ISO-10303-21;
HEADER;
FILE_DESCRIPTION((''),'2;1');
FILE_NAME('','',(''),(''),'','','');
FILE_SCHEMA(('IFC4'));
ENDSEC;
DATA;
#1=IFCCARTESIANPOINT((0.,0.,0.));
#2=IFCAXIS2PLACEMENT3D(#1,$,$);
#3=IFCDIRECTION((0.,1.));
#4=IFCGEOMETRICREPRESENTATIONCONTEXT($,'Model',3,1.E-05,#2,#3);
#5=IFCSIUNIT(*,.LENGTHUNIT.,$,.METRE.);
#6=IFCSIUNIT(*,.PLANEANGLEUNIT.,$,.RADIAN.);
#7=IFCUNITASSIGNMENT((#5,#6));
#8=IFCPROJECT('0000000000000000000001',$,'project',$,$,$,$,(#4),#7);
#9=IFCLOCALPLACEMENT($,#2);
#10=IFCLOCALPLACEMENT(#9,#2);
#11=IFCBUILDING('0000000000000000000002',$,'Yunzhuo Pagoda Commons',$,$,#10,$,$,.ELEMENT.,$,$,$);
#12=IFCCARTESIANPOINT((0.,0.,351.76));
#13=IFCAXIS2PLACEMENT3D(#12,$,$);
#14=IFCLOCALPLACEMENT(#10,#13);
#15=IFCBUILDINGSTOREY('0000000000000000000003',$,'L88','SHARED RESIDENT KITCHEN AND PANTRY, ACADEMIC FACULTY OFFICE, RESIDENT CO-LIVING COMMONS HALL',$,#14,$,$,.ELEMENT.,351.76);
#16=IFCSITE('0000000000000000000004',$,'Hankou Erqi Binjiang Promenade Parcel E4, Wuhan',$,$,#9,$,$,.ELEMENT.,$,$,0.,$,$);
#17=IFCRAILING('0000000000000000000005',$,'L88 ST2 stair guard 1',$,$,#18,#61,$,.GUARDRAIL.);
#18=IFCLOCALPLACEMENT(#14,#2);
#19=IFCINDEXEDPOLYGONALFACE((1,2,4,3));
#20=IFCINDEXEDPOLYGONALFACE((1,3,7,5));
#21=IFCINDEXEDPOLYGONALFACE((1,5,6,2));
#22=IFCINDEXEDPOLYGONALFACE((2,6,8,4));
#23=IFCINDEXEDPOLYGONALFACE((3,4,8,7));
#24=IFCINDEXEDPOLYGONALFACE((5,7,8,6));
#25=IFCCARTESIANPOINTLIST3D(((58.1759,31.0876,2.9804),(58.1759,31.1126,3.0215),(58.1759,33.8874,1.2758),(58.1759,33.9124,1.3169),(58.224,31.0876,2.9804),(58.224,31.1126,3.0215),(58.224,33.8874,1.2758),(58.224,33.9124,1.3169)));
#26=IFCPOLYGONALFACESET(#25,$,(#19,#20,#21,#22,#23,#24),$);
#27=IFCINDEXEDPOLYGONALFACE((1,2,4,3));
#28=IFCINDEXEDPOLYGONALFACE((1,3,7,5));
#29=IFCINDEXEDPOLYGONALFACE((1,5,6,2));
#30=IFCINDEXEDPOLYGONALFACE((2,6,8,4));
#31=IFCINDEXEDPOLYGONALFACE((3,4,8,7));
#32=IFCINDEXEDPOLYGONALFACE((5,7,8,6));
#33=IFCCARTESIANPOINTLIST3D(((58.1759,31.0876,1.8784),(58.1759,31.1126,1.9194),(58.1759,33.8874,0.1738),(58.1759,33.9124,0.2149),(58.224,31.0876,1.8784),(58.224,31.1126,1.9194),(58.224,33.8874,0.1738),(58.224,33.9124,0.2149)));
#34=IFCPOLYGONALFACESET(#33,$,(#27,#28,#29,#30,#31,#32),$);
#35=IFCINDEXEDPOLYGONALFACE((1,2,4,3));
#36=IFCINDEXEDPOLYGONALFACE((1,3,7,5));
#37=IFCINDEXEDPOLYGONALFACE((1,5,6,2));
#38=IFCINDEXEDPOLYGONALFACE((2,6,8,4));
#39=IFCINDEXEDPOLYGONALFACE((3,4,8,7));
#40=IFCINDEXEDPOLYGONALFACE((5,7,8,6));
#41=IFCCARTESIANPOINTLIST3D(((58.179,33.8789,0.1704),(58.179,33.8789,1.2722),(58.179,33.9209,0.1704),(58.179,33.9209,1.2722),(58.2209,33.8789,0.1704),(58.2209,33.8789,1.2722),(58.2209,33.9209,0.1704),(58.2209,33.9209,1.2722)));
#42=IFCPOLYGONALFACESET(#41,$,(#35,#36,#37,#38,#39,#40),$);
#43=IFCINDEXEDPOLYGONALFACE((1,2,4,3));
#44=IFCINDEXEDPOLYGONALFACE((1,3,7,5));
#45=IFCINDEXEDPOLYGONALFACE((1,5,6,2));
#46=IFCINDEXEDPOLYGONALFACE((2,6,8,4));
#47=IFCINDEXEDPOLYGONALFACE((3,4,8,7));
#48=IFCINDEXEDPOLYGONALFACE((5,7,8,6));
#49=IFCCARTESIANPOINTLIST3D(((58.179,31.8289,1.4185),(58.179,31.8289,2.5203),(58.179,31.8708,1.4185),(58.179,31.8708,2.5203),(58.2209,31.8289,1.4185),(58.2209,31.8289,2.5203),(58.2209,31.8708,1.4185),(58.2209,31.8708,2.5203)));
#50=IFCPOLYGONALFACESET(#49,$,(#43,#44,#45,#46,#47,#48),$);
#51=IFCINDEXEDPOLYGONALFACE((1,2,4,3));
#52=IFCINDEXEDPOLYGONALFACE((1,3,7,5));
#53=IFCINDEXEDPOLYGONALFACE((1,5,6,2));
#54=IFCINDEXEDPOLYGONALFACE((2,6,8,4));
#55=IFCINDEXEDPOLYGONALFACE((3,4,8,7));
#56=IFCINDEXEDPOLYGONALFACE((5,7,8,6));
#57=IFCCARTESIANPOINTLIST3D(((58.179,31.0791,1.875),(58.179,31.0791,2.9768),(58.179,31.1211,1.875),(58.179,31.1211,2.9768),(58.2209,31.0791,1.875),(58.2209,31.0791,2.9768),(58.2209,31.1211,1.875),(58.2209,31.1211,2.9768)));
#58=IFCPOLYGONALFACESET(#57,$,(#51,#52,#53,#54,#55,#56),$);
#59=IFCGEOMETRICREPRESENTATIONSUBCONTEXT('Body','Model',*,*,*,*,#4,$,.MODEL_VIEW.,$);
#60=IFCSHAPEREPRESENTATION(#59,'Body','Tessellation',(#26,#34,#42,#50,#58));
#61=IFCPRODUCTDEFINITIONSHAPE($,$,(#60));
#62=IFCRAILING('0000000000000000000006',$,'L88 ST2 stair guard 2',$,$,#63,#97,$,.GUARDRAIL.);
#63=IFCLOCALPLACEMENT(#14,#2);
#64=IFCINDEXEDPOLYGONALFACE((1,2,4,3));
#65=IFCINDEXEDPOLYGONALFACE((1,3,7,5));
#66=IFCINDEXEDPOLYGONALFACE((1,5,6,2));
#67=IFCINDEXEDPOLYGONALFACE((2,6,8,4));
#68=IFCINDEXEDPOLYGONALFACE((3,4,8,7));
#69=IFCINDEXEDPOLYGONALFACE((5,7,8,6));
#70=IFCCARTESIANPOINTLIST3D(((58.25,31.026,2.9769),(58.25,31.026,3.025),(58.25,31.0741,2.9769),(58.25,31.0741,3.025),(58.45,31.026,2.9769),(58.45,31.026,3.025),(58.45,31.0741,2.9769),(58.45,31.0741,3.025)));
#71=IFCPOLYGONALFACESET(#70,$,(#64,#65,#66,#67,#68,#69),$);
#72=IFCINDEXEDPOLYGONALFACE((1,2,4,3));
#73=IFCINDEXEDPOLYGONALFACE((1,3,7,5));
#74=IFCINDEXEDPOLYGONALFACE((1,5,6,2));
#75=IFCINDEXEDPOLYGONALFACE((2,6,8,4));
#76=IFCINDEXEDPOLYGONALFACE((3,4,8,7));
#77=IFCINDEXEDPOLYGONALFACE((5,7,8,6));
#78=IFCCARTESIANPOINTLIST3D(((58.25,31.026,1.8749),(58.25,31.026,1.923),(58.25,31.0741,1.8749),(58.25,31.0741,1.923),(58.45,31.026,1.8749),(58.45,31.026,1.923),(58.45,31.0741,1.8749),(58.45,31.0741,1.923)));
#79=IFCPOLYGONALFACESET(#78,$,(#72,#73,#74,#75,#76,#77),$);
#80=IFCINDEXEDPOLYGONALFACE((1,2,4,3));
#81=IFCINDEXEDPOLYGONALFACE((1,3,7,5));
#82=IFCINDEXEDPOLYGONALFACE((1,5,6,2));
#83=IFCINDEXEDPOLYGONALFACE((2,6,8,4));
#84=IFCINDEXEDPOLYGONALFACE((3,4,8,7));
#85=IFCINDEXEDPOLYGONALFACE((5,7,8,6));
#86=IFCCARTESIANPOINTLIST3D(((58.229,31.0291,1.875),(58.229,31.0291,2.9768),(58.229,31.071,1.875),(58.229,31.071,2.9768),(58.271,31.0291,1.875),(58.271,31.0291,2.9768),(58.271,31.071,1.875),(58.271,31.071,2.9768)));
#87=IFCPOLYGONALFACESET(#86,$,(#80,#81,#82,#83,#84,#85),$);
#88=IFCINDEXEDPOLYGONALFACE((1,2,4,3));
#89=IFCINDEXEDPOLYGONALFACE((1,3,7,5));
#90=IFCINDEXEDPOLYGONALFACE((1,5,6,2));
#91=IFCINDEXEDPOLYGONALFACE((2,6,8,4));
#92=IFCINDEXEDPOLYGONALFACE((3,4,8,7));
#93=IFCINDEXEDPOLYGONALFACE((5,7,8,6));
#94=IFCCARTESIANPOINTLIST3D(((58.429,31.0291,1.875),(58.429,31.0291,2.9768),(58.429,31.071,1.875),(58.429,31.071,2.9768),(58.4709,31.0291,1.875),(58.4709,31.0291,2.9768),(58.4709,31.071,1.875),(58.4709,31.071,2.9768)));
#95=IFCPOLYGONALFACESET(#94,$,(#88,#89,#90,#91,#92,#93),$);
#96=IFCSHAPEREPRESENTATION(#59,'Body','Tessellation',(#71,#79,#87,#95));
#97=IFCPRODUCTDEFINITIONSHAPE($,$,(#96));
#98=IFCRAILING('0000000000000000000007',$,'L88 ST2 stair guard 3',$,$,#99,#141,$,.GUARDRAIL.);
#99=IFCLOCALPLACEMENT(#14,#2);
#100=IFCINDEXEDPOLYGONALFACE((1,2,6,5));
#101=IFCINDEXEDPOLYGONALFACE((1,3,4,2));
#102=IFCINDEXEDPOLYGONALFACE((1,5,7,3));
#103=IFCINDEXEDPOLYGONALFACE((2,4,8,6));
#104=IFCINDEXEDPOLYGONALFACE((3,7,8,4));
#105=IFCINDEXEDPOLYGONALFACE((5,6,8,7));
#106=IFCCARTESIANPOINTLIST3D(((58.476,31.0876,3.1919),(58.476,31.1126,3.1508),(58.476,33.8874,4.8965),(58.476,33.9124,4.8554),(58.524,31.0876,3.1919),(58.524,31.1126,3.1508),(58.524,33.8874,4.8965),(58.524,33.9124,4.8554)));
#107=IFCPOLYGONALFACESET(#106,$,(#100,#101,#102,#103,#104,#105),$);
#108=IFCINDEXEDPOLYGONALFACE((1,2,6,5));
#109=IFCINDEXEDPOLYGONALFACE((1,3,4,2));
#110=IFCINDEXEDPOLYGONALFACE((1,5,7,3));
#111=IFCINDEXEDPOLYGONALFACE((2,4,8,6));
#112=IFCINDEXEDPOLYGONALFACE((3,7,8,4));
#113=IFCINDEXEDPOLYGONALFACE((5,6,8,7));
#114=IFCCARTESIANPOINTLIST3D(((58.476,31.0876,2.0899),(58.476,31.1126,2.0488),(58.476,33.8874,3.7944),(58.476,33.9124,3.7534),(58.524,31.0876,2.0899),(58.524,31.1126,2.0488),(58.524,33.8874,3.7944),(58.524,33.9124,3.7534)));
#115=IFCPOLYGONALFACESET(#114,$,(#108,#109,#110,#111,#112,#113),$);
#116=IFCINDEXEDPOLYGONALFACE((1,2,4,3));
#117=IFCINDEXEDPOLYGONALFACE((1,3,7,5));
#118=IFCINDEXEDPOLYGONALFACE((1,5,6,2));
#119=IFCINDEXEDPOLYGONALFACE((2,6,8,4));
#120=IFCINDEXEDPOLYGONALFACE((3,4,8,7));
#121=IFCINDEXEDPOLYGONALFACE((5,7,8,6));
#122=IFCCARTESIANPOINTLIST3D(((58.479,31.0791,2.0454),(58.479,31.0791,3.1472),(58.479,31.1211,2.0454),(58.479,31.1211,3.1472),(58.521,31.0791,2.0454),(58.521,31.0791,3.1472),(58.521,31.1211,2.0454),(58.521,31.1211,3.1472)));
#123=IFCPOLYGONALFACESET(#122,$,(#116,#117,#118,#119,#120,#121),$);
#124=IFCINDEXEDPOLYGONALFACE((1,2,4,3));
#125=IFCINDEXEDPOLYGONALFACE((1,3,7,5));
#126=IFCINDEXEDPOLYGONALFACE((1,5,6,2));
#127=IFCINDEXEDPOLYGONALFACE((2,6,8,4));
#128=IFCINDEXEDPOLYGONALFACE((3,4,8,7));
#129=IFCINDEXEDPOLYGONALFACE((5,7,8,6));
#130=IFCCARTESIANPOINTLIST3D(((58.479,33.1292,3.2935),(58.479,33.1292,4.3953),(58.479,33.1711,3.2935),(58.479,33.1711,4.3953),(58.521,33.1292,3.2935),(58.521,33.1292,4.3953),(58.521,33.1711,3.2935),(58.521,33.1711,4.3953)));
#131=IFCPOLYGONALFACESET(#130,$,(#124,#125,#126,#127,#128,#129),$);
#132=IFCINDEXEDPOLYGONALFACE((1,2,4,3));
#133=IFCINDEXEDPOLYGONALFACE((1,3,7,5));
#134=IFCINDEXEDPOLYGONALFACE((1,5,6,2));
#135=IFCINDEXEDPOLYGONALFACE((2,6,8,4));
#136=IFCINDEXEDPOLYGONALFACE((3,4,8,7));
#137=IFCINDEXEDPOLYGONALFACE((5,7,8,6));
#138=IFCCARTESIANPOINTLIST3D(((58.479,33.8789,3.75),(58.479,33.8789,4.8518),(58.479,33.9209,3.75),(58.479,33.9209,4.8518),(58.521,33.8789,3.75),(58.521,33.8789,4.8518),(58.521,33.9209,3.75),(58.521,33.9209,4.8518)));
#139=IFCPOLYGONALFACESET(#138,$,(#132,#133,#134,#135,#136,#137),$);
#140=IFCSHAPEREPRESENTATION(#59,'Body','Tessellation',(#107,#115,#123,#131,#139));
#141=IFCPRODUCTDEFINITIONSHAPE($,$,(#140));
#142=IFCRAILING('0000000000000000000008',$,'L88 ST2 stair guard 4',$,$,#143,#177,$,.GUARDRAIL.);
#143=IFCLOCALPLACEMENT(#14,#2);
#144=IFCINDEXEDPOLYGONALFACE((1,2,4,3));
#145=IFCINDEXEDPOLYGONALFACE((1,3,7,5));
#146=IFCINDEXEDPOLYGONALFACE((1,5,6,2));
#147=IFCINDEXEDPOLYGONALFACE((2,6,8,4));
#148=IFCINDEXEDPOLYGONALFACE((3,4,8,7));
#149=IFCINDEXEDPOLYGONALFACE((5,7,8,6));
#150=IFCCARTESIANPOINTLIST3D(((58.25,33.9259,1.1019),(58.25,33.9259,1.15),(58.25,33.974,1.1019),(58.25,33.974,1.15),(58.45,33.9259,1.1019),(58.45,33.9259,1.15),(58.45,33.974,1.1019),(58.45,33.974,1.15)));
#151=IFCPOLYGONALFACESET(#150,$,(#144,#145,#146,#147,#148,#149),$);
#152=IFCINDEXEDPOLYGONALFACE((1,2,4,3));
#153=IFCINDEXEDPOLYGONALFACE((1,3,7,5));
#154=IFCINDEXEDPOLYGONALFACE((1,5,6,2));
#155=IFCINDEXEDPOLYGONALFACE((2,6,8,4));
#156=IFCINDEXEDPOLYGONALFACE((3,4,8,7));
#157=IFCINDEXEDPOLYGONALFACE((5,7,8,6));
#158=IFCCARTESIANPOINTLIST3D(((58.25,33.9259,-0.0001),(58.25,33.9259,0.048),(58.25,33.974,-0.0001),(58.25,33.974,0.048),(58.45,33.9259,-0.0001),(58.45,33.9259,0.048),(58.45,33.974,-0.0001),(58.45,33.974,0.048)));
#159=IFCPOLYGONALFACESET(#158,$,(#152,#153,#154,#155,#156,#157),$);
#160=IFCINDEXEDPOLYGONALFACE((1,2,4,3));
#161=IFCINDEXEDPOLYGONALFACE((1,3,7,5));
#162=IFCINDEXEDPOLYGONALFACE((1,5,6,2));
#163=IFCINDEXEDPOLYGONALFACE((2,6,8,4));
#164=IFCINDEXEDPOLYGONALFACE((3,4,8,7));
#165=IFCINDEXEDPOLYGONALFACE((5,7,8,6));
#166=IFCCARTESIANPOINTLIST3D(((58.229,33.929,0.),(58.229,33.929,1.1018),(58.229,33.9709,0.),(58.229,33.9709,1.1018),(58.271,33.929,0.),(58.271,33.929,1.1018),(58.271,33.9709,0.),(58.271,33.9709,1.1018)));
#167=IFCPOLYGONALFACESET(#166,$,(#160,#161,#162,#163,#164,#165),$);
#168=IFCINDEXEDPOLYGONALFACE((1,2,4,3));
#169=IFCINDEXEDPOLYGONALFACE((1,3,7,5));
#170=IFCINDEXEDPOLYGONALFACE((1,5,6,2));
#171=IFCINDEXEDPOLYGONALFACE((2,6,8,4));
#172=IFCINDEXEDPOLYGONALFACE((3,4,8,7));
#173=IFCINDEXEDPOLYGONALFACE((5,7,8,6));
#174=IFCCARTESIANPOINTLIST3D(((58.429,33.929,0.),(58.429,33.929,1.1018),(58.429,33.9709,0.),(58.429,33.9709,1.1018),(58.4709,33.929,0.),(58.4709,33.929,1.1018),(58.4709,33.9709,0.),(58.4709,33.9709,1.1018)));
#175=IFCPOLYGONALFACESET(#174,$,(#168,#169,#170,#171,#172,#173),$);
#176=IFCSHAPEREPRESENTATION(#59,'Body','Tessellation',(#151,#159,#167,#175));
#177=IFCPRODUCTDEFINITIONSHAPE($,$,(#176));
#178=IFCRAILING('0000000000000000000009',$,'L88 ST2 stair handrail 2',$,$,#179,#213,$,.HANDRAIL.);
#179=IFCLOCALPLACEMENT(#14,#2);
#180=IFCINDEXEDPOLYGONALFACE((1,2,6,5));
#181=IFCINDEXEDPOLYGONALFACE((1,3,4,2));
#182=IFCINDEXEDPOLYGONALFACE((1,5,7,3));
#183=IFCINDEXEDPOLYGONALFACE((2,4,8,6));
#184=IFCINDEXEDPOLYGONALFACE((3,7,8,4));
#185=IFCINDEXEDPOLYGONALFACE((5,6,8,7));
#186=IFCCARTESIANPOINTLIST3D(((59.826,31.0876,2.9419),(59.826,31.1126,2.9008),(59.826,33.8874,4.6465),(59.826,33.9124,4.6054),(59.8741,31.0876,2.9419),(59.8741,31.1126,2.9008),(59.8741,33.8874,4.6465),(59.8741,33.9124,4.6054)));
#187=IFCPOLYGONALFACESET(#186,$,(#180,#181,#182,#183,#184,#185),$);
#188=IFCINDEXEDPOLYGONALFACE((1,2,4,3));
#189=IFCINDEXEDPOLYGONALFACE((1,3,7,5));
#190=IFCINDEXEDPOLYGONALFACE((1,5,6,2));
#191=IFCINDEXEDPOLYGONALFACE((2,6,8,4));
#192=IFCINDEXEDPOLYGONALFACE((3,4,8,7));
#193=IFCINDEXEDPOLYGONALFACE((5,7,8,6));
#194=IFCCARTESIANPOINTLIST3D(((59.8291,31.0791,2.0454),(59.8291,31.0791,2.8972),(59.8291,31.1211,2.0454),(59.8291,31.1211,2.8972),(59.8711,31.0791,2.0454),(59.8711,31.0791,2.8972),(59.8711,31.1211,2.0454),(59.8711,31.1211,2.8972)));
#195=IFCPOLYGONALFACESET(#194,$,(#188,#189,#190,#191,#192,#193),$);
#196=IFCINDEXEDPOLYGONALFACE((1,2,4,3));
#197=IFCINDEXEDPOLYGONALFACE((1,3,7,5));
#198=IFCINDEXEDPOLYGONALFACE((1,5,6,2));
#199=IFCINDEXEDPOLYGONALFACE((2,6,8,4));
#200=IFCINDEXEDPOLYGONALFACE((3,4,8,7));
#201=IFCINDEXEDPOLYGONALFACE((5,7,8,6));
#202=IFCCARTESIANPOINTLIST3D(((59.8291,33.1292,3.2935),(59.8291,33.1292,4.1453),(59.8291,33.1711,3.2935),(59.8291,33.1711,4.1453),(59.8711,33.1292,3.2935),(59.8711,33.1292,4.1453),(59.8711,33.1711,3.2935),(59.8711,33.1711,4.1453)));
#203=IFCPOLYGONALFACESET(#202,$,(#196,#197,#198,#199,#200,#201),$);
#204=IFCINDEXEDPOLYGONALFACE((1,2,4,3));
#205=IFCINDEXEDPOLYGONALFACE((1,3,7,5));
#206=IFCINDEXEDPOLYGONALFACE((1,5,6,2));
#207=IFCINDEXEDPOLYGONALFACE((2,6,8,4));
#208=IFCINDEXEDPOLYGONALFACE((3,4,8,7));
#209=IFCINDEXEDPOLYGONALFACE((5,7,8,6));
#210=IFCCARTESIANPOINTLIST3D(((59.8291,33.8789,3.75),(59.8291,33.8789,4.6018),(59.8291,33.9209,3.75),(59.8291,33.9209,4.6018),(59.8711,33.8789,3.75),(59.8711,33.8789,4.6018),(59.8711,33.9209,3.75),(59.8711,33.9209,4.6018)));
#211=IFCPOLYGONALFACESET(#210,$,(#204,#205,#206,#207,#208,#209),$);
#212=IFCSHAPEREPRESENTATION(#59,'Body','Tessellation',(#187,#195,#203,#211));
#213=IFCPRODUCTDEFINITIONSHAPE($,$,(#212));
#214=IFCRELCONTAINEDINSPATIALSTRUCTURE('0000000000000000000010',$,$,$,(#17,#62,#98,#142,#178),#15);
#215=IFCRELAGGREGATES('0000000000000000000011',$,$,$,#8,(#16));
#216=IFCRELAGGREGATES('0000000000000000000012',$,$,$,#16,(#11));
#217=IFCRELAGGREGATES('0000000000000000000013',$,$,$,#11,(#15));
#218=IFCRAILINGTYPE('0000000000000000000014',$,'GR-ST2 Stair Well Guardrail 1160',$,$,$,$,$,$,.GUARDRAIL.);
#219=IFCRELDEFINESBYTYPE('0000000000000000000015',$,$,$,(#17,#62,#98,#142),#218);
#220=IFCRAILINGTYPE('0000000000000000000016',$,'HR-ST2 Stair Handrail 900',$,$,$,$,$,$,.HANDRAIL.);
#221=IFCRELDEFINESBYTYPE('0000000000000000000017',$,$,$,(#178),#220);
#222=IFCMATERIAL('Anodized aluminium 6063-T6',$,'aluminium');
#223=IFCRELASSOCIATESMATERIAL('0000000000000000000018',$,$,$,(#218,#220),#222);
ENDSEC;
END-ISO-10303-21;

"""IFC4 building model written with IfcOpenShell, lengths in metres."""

from ifc_helpers import new_model, si_unit, direction, frame, origin, origin_2d, place, context, subcontext, project, spatial, rectangle, extrude, material, type_object, element, save


model = new_model("IFC4")

# Units and contexts
model_context = context("Model", 3, precision=1e-05, world=origin(), true_north=direction((0.0, 1.0)))
body_context = subcontext(model_context, "Body", "Model", "MODEL_VIEW")
ifc_project = project(units=[si_unit("LENGTHUNIT", "METRE"), si_unit("PLANEANGLEUNIT", "RADIAN")], contexts=[model_context])

# Site, building, storey
site_placement = place(None, origin())
site = spatial("IfcSite", under=ifc_project, at=site_placement, Name="Hankou Erqi Binjiang Promenade Parcel E4, Wuhan", CompositionType="ELEMENT", RefElevation=0.0)
building_placement = place(site_placement, origin())
building = spatial("IfcBuilding", under=site, at=building_placement, Name="Yunzhuo Pagoda Commons", CompositionType="ELEMENT")
storey_placement = place(building_placement, frame((0.0, 0.0, 351.76)))
storey = spatial("IfcBuildingStorey", under=building, at=storey_placement, Name="L88", Description="SHARED RESIDENT KITCHEN AND PANTRY, ACADEMIC FACULTY OFFICE, RESIDENT CO-LIVING COMMONS HALL", CompositionType="ELEMENT", Elevation=351.76)

# Shared definitions
ifc_material_1 = material(Name="Anodized aluminium 6063-T6", Category="aluminium")

# Railings
railing_type_1 = type_object("IfcRailingType", Name="GR-ST2 Stair Well Guardrail 1160", PredefinedType="GUARDRAIL", material=ifc_material_1)
railing_1_placement = place(storey_placement, frame((58.2, 33.8999, 0.1704)))
element("IfcRailing", 1, at=railing_1_placement, inside=storey, type_object=railing_type_1, Name="L88 ST2 stair guard 1", PredefinedType="GUARDRAIL", context=body_context, shape_type="SweptSolid", body=[
    extrude(rectangle(XDim=0.0481, YDim=0.0481, at=origin_2d()), frame((0.0, 0.0, 1.126), z_axis=(0.0, -0.85415, 0.520027), x_axis=(1.0, 0.0, 0.0)), (0.0, 0.0, 1.0), 3.2778),
    extrude(rectangle(XDim=0.0481, YDim=0.0481, at=origin_2d()), frame((0.0, 0.0, 0.0239), z_axis=(0.0, -0.85415, 0.520027), x_axis=(1.0, 0.0, 0.0)), (0.0, 0.0, 1.0), 3.2778),
    extrude(rectangle(XDim=0.042, YDim=0.042, at=origin_2d()), origin(), (0.0, 0.0, 1.0), 1.1018),
    extrude(rectangle(XDim=0.042, YDim=0.042, at=origin_2d()), frame((0.0, -2.05, 1.248)), (0.0, 0.0, 1.0), 1.1018),
    extrude(rectangle(XDim=0.042, YDim=0.042, at=origin_2d()), frame((0.0, -2.7998, 1.7046)), (0.0, 0.0, 1.0), 1.1018),
])
railing_2_placement = place(storey_placement, frame((58.25, 31.05, 1.875)))
element("IfcRailing", 2, at=railing_2_placement, inside=storey, type_object=railing_type_1, Name="L88 ST2 stair guard 2", PredefinedType="GUARDRAIL", context=body_context, shape_type="SweptSolid", body=[
    extrude(rectangle(XDim=0.0481, YDim=0.0481, at=origin_2d()), frame((0.0, 0.0, 1.126), z_axis=(1.0, 0.0, 0.0), x_axis=(0.0, 1.0, 0.0)), (0.0, 0.0, 1.0), 0.2),
    extrude(rectangle(XDim=0.0481, YDim=0.0481, at=origin_2d()), frame((0.0, 0.0, 0.0239), z_axis=(1.0, 0.0, 0.0), x_axis=(0.0, 1.0, 0.0)), (0.0, 0.0, 1.0), 0.2),
    extrude(rectangle(XDim=0.042, YDim=0.042, at=origin_2d()), origin(), (0.0, 0.0, 1.0), 1.1018),
    extrude(rectangle(XDim=0.042, YDim=0.042, at=origin_2d()), frame((0.2, 0.0, 0.0)), (0.0, 0.0, 1.0), 1.1018),
])
railing_3_placement = place(storey_placement, frame((58.5, 31.1001, 2.0454)))
element("IfcRailing", 3, at=railing_3_placement, inside=storey, type_object=railing_type_1, Name="L88 ST2 stair guard 3", PredefinedType="GUARDRAIL", context=body_context, shape_type="SweptSolid", body=[
    extrude(rectangle(XDim=0.0481, YDim=0.0481, at=origin_2d()), frame((0.0, 0.0, 1.126), z_axis=(0.0, 0.85415, 0.520027), x_axis=(-1.0, 0.0, 0.0)), (0.0, 0.0, 1.0), 3.2778),
    extrude(rectangle(XDim=0.0481, YDim=0.0481, at=origin_2d()), frame((0.0, 0.0, 0.0239), z_axis=(0.0, 0.85415, 0.520027), x_axis=(-1.0, 0.0, 0.0)), (0.0, 0.0, 1.0), 3.2778),
    extrude(rectangle(XDim=0.042, YDim=0.042, at=origin_2d()), origin(), (0.0, 0.0, 1.0), 1.1018),
    extrude(rectangle(XDim=0.042, YDim=0.042, at=origin_2d()), frame((0.0, 2.05, 1.248)), (0.0, 0.0, 1.0), 1.1018),
    extrude(rectangle(XDim=0.042, YDim=0.042, at=origin_2d()), frame((0.0, 2.7998, 1.7046)), (0.0, 0.0, 1.0), 1.1018),
])
railing_4_placement = place(storey_placement, frame((58.25, 33.95, 0.0)))
element("IfcRailing", 4, at=railing_4_placement, inside=storey, type_object=railing_type_1, Name="L88 ST2 stair guard 4", PredefinedType="GUARDRAIL", context=body_context, shape_type="SweptSolid", body=[
    extrude(rectangle(XDim=0.0481, YDim=0.0481, at=origin_2d()), frame((0.0, 0.0, 1.126), z_axis=(1.0, 0.0, 0.0), x_axis=(0.0, 1.0, 0.0)), (0.0, 0.0, 1.0), 0.2),
    extrude(rectangle(XDim=0.0481, YDim=0.0481, at=origin_2d()), frame((0.0, 0.0, 0.0239), z_axis=(1.0, 0.0, 0.0), x_axis=(0.0, 1.0, 0.0)), (0.0, 0.0, 1.0), 0.2),
    extrude(rectangle(XDim=0.042, YDim=0.042, at=origin_2d()), origin(), (0.0, 0.0, 1.0), 1.1018),
    extrude(rectangle(XDim=0.042, YDim=0.042, at=origin_2d()), frame((0.2, 0.0, 0.0)), (0.0, 0.0, 1.0), 1.1018),
])
railing_type_2 = type_object("IfcRailingType", Name="HR-ST2 Stair Handrail 900", PredefinedType="HANDRAIL", material=ifc_material_1)
railing_5_placement = place(storey_placement, frame((59.8501, 31.1001, 2.0454)))
element("IfcRailing", 5, at=railing_5_placement, inside=storey, type_object=railing_type_2, Name="L88 ST2 stair handrail 2", PredefinedType="HANDRAIL", context=body_context, shape_type="SweptSolid", body=[
    extrude(rectangle(XDim=0.0481, YDim=0.0481, at=origin_2d()), frame((0.0, 0.0, 0.876), z_axis=(0.0, 0.85415, 0.520027), x_axis=(-1.0, 0.0, 0.0)), (0.0, 0.0, 1.0), 3.2778),
    extrude(rectangle(XDim=0.042, YDim=0.042, at=origin_2d()), origin(), (0.0, 0.0, 1.0), 0.8518),
    extrude(rectangle(XDim=0.042, YDim=0.042, at=origin_2d()), frame((0.0, 2.05, 1.248)), (0.0, 0.0, 1.0), 0.8518),
    extrude(rectangle(XDim=0.042, YDim=0.042, at=origin_2d()), frame((0.0, 2.7998, 1.7046)), (0.0, 0.0, 1.0), 0.8518),
])

save(model, "model.ifc")
